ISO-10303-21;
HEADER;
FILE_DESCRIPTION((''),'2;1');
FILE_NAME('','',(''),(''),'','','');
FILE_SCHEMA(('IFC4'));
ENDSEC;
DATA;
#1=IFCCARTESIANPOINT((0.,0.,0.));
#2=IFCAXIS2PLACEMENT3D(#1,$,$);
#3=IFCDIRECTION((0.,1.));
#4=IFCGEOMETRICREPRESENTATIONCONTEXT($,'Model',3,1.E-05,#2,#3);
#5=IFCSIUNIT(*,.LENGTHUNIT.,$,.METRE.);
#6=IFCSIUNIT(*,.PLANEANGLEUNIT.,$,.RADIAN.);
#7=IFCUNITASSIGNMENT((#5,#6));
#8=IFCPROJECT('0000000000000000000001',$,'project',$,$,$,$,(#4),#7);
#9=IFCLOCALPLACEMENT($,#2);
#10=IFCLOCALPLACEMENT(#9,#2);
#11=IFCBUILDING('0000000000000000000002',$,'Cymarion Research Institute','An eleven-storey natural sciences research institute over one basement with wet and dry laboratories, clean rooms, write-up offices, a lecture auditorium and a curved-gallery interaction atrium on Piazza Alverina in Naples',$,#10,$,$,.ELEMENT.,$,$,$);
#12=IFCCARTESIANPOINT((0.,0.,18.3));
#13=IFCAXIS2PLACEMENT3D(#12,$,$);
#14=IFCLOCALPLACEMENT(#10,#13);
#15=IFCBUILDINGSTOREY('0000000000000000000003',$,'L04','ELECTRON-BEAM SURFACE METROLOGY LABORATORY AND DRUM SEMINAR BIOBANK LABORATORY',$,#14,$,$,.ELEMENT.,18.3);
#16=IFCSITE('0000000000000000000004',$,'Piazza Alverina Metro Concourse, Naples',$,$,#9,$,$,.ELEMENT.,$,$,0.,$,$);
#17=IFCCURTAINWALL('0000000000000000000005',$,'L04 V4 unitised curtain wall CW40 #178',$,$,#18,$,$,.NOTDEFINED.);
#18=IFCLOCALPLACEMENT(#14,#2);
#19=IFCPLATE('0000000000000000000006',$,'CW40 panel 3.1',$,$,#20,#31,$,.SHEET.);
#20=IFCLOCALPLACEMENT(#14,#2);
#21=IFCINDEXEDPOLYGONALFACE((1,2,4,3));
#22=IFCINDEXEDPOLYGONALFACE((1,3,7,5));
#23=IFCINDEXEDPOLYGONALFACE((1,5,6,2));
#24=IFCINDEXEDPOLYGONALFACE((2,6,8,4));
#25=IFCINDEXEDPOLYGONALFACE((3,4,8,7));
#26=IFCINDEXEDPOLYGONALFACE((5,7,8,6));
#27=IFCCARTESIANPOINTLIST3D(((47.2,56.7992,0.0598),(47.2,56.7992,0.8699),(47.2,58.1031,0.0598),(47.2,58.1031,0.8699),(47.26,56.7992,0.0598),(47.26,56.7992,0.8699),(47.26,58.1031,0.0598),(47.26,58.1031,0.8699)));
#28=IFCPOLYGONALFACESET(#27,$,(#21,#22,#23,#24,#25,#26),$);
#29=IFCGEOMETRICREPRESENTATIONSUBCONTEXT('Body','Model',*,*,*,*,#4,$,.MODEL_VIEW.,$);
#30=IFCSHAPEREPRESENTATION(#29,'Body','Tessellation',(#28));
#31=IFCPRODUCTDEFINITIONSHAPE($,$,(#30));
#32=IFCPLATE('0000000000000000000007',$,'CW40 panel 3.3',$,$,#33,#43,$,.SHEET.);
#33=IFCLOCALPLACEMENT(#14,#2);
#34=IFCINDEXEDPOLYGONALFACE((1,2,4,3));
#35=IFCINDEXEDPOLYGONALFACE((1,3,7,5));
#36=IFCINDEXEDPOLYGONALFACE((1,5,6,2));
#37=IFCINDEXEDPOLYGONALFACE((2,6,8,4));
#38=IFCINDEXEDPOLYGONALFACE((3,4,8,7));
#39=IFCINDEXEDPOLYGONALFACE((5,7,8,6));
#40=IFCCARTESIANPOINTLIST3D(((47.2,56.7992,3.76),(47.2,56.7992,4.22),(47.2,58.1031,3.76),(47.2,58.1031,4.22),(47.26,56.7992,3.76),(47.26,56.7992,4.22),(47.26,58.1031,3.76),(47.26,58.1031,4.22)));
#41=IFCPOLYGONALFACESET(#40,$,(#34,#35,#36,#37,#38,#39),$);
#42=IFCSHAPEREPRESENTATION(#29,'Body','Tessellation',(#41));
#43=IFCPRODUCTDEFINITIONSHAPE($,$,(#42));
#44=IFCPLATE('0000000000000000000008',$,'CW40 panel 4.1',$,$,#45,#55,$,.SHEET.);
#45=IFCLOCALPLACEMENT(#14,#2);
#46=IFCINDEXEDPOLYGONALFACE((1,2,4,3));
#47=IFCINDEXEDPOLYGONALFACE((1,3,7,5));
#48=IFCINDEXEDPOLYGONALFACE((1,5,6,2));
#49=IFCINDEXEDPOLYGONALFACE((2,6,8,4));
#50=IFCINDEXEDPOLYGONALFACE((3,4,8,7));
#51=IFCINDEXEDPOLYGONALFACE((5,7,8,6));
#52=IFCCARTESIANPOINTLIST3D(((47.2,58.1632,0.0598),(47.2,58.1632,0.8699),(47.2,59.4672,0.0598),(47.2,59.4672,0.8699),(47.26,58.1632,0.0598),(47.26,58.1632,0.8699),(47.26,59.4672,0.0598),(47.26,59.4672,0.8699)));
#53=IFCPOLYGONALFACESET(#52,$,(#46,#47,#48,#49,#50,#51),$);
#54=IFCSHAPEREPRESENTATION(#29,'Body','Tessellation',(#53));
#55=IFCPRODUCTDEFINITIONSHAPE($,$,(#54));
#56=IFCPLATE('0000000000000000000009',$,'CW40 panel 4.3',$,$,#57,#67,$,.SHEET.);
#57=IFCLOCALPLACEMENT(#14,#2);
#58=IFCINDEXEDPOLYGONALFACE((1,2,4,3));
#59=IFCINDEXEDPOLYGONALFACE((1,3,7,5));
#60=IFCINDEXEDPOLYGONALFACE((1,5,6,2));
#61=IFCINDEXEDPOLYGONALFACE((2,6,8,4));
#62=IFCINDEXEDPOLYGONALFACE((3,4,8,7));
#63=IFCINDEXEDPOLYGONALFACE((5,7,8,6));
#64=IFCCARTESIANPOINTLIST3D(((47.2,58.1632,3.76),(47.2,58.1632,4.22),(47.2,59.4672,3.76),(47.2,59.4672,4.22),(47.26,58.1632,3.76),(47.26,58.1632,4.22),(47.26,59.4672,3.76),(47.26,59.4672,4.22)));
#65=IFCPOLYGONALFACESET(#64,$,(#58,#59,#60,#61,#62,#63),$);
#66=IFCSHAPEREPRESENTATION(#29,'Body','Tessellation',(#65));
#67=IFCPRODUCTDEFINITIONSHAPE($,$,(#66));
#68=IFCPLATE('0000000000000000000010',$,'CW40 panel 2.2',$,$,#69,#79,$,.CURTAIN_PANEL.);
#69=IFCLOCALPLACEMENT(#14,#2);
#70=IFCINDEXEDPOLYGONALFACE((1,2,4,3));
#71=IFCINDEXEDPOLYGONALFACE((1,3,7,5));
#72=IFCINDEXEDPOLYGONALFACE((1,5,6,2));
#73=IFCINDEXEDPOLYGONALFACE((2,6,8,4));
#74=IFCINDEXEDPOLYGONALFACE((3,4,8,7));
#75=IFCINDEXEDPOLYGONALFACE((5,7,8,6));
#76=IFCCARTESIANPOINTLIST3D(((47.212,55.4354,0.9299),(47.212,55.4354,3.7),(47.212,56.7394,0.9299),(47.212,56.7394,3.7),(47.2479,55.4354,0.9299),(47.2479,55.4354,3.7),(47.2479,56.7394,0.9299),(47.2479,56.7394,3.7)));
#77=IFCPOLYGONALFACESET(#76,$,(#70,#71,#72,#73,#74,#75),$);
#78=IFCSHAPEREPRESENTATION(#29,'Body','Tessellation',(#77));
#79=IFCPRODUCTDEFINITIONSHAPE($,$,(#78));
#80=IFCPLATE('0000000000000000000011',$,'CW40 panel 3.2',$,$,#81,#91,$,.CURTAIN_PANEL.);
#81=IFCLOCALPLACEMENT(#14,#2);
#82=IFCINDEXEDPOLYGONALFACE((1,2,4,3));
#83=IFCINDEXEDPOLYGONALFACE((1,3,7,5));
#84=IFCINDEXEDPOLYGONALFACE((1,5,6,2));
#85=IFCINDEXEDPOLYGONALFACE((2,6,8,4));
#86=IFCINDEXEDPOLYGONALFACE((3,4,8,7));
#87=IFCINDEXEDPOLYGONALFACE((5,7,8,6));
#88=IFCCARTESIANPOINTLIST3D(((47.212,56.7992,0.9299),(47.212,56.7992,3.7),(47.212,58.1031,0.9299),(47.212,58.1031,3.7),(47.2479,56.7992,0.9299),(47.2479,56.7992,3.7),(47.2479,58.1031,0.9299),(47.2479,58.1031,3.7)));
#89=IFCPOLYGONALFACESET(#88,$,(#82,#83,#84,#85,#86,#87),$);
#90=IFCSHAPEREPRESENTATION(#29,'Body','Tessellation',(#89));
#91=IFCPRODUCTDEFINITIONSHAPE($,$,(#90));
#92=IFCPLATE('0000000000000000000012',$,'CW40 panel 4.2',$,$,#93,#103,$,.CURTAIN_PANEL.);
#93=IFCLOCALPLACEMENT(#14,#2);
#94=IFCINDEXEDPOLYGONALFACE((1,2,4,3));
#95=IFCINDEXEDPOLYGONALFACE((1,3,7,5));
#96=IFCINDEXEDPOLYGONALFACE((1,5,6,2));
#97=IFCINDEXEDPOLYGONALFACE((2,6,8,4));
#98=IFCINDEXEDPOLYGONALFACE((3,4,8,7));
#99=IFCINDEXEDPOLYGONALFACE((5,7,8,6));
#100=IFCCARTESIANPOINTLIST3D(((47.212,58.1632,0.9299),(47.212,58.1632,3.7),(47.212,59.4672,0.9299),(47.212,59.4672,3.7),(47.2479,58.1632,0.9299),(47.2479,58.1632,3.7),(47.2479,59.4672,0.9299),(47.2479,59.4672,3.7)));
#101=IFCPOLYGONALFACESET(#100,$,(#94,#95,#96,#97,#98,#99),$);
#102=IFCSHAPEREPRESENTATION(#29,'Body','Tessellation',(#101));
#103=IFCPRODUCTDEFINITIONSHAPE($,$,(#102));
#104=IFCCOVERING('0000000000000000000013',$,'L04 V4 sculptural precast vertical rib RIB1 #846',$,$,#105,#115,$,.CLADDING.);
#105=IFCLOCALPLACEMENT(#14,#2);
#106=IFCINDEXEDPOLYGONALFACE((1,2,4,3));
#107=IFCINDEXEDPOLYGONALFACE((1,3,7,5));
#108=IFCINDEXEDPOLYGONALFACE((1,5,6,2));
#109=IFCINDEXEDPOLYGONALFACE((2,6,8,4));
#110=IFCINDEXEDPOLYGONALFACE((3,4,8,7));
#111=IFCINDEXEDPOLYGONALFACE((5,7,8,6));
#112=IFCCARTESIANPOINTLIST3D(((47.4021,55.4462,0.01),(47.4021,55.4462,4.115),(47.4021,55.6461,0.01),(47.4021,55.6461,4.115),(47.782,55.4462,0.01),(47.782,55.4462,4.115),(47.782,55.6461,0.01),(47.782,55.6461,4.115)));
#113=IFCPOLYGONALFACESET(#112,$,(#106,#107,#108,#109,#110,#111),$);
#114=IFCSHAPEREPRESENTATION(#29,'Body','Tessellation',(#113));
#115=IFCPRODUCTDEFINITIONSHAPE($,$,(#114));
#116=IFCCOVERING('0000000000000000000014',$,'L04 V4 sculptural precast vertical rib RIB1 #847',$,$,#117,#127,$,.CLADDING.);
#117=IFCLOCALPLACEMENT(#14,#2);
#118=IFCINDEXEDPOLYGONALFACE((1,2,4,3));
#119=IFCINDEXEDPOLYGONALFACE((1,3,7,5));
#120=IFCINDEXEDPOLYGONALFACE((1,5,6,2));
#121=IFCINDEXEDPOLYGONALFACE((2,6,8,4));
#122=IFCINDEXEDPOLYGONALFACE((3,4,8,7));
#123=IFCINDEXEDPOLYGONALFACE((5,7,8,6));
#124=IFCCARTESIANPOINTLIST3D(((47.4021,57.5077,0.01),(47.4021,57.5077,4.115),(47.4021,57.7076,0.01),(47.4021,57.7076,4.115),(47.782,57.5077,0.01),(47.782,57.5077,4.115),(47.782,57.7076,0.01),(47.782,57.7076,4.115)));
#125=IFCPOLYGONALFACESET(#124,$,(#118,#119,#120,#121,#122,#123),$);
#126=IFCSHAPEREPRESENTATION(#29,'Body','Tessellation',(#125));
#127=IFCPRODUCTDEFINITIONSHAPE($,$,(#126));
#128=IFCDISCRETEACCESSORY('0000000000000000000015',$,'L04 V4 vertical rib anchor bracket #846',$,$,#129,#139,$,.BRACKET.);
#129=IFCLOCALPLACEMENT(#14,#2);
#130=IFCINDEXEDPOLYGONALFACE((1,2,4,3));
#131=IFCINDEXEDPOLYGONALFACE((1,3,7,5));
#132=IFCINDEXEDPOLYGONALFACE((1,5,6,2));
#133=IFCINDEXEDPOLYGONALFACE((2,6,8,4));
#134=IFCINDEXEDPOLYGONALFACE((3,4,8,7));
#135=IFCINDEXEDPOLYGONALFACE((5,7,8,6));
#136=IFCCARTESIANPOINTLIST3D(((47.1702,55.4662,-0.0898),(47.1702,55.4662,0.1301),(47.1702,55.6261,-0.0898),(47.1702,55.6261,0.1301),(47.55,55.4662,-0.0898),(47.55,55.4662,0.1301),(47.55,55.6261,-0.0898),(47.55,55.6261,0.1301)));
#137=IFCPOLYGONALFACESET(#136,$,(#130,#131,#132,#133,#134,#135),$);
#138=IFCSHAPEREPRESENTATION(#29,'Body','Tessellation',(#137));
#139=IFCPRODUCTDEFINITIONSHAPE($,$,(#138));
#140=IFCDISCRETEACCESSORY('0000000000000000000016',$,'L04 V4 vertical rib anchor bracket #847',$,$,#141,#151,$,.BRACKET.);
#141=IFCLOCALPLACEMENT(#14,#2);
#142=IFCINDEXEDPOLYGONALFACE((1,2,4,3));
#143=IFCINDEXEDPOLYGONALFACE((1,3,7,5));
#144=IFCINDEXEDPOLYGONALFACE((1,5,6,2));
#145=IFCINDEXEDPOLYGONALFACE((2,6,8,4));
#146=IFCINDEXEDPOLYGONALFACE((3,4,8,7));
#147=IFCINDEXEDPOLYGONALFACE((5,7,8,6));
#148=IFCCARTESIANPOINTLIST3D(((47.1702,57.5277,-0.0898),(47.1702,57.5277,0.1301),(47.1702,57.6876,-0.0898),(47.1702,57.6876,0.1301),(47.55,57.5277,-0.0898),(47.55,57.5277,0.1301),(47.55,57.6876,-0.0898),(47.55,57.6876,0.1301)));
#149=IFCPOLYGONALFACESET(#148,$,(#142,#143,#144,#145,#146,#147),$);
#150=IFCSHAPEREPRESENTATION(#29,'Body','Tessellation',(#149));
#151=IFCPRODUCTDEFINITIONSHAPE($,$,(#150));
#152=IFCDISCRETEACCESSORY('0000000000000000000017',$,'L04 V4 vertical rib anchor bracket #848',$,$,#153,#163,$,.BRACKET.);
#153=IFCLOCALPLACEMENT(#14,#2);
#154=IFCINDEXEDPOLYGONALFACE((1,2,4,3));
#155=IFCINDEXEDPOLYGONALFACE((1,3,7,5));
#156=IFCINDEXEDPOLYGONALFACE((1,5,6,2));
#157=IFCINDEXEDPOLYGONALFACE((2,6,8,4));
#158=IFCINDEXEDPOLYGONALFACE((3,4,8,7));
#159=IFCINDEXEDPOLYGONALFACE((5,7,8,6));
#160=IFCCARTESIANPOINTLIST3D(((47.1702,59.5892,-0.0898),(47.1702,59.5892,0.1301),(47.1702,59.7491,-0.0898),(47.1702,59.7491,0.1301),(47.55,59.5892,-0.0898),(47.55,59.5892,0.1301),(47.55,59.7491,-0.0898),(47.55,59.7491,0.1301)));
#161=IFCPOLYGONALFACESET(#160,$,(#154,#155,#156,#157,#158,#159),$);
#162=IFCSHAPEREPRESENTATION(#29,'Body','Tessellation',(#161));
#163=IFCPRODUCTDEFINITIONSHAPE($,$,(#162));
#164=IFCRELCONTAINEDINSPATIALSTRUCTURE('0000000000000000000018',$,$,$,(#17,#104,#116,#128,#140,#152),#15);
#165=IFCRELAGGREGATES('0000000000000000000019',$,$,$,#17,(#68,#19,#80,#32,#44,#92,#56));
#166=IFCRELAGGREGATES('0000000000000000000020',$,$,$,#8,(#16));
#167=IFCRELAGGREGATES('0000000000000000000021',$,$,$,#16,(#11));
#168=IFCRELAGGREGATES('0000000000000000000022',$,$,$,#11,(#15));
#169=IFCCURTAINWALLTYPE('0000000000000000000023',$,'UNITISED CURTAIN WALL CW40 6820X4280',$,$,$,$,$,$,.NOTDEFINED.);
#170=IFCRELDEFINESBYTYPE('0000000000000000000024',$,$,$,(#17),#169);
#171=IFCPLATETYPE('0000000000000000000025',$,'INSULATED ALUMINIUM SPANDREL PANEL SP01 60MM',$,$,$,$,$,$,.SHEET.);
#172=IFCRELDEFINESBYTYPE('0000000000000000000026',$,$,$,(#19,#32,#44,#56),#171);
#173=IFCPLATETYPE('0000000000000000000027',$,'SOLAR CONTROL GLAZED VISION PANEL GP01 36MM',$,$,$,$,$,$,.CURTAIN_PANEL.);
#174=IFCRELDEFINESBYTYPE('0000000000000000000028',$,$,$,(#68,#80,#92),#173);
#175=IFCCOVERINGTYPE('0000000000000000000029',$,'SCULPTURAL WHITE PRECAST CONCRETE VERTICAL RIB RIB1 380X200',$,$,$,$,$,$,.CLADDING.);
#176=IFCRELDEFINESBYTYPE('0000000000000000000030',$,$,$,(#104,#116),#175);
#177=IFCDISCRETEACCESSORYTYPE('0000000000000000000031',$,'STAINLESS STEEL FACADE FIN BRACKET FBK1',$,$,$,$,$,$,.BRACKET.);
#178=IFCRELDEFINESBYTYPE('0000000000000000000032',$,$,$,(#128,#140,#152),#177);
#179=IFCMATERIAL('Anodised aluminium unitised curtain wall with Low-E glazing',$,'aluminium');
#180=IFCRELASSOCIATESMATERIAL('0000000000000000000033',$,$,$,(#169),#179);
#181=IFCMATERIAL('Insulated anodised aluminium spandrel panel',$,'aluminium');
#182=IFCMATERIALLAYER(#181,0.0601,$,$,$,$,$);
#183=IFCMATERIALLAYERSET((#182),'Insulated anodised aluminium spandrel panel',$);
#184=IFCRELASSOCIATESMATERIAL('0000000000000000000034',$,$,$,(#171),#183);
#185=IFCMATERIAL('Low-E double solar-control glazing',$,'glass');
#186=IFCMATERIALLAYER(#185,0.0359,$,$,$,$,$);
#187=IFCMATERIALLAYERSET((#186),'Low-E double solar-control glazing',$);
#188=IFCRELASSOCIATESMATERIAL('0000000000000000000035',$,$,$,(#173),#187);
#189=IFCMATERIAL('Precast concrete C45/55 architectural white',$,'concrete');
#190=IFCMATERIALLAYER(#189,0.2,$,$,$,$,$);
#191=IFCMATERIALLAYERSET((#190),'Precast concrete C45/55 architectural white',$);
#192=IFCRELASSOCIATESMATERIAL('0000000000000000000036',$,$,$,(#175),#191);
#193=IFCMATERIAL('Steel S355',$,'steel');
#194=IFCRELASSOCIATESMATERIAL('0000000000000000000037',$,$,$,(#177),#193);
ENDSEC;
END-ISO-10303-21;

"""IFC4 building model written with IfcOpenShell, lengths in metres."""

from ifc_helpers import new_model, si_unit, direction, frame, origin, origin_2d, place, context, subcontext, project, spatial, rectangle, extrude, material, layer, layer_set, type_object, element, aggregate, save


model = new_model("IFC4")

# Units and contexts
model_context = context("Model", 3, precision=1e-05, world=origin(), true_north=direction((0.0, 1.0)))
body_context = subcontext(model_context, "Body", "Model", "MODEL_VIEW")
ifc_project = project(units=[si_unit("LENGTHUNIT", "METRE"), si_unit("PLANEANGLEUNIT", "RADIAN")], contexts=[model_context])

# Site, building, storey
site_placement = place(None, origin())
site = spatial("IfcSite", under=ifc_project, at=site_placement, Name="Piazza Alverina Metro Concourse, Naples", CompositionType="ELEMENT", RefElevation=0.0)
building_placement = place(site_placement, origin())
building = spatial("IfcBuilding", under=site, at=building_placement, Name="Cymarion Research Institute", Description="An eleven-storey natural sciences research institute over one basement with wet and dry laboratories, clean rooms, write-up offices, a lecture auditorium and a curved-gallery interaction atrium on Piazza Alverina in Naples", CompositionType="ELEMENT")
storey_placement = place(building_placement, frame((0.0, 0.0, 18.3)))
storey = spatial("IfcBuildingStorey", under=building, at=storey_placement, Name="L04", Description="ELECTRON-BEAM SURFACE METROLOGY LABORATORY AND DRUM SEMINAR BIOBANK LABORATORY", CompositionType="ELEMENT", Elevation=18.3)

# Shared definitions
ifc_material_1 = material(Name="Steel S355", Category="steel")

# Curtain wall
ifc_material_2 = material(Name="Anodised aluminium unitised curtain wall with Low-E glazing", Category="aluminium")
curtain_wall_type = type_object("IfcCurtainWallType", Name="UNITISED CURTAIN WALL CW40 6820X4280", PredefinedType="NOTDEFINED", material=ifc_material_2)
curtain_wall_placement = place(storey_placement, origin())
curtain_wall = element("IfcCurtainWall", 1, at=curtain_wall_placement, inside=storey, type_object=curtain_wall_type, Name="L04 V4 unitised curtain wall CW40 #178", PredefinedType="NOTDEFINED")

# Plates
ifc_material_3 = material(Name="Insulated anodised aluminium spandrel panel", Category="aluminium")
ifc_layer_1 = layer(ifc_material_3, 0.0601)
ifc_layer_set_1 = layer_set([ifc_layer_1], Name="Insulated anodised aluminium spandrel panel")
plate_type_1 = type_object("IfcPlateType", Name="INSULATED ALUMINIUM SPANDREL PANEL SP01 60MM", PredefinedType="SHEET", material=ifc_layer_set_1)
plate_1_placement = place(storey_placement, frame((47.23, 57.4512, 0.0598), z_axis=(0.0, 0.0, 1.0), x_axis=(0.0, 1.0, 0.0)))
plate_1 = element("IfcPlate", 2, at=plate_1_placement, type_object=plate_type_1, Name="CW40 panel 3.1", PredefinedType="SHEET", context=body_context, shape_type="SweptSolid", body=[
    extrude(rectangle(XDim=1.304, YDim=0.0601, at=origin_2d()), origin(), (0.0, 0.0, 1.0), 0.8101),
])
plate_2_placement = place(storey_placement, frame((47.23, 57.4512, 3.76), z_axis=(0.0, 0.0, 1.0), x_axis=(0.0, 1.0, 0.0)))
plate_2 = element("IfcPlate", 3, at=plate_2_placement, type_object=plate_type_1, Name="CW40 panel 3.3", PredefinedType="SHEET", context=body_context, shape_type="SweptSolid", body=[
    extrude(rectangle(XDim=1.304, YDim=0.0601, at=origin_2d()), origin(), (0.0, 0.0, 1.0), 0.46),
])
plate_3_placement = place(storey_placement, frame((47.23, 58.8152, 0.0598), z_axis=(0.0, 0.0, 1.0), x_axis=(0.0, 1.0, 0.0)))
plate_3 = element("IfcPlate", 4, at=plate_3_placement, type_object=plate_type_1, Name="CW40 panel 4.1", PredefinedType="SHEET", context=body_context, shape_type="SweptSolid", body=[
    extrude(rectangle(XDim=1.304, YDim=0.0601, at=origin_2d()), origin(), (0.0, 0.0, 1.0), 0.8101),
])
plate_4_placement = place(storey_placement, frame((47.23, 58.8152, 3.76), z_axis=(0.0, 0.0, 1.0), x_axis=(0.0, 1.0, 0.0)))
plate_4 = element("IfcPlate", 5, at=plate_4_placement, type_object=plate_type_1, Name="CW40 panel 4.3", PredefinedType="SHEET", context=body_context, shape_type="SweptSolid", body=[
    extrude(rectangle(XDim=1.304, YDim=0.0601, at=origin_2d()), origin(), (0.0, 0.0, 1.0), 0.46),
])
ifc_material_4 = material(Name="Low-E double solar-control glazing", Category="glass")
ifc_layer_2 = layer(ifc_material_4, 0.0359)
ifc_layer_set_2 = layer_set([ifc_layer_2], Name="Low-E double solar-control glazing")
plate_type_2 = type_object("IfcPlateType", Name="SOLAR CONTROL GLAZED VISION PANEL GP01 36MM", PredefinedType="CURTAIN_PANEL", material=ifc_layer_set_2)
plate_5_placement = place(storey_placement, frame((47.23, 56.0874, 0.9299), z_axis=(0.0, 0.0, 1.0), x_axis=(0.0, 1.0, 0.0)))
plate_5 = element("IfcPlate", 6, at=plate_5_placement, type_object=plate_type_2, Name="CW40 panel 2.2", PredefinedType="CURTAIN_PANEL", context=body_context, shape_type="SweptSolid", body=[
    extrude(rectangle(XDim=1.304, YDim=0.0359, at=origin_2d()), origin(), (0.0, 0.0, 1.0), 2.77),
])
plate_6_placement = place(storey_placement, frame((47.23, 57.4512, 0.9299), z_axis=(0.0, 0.0, 1.0), x_axis=(0.0, 1.0, 0.0)))
plate_6 = element("IfcPlate", 7, at=plate_6_placement, type_object=plate_type_2, Name="CW40 panel 3.2", PredefinedType="CURTAIN_PANEL", context=body_context, shape_type="SweptSolid", body=[
    extrude(rectangle(XDim=1.304, YDim=0.0359, at=origin_2d()), origin(), (0.0, 0.0, 1.0), 2.77),
])
plate_7_placement = place(storey_placement, frame((47.23, 58.8152, 0.9299), z_axis=(0.0, 0.0, 1.0), x_axis=(0.0, 1.0, 0.0)))
plate_7 = element("IfcPlate", 8, at=plate_7_placement, type_object=plate_type_2, Name="CW40 panel 4.2", PredefinedType="CURTAIN_PANEL", context=body_context, shape_type="SweptSolid", body=[
    extrude(rectangle(XDim=1.304, YDim=0.0359, at=origin_2d()), origin(), (0.0, 0.0, 1.0), 2.77),
])
aggregate(curtain_wall, [plate_5, plate_1, plate_6, plate_2, plate_3, plate_7, plate_4])

# Coverings
ifc_material_5 = material(Name="Precast concrete C45/55 architectural white", Category="concrete")
ifc_layer_3 = layer(ifc_material_5, 0.2)
ifc_layer_set_3 = layer_set([ifc_layer_3], Name="Precast concrete C45/55 architectural white")
covering_type = type_object("IfcCoveringType", Name="SCULPTURAL WHITE PRECAST CONCRETE VERTICAL RIB RIB1 380X200", PredefinedType="CLADDING", material=ifc_layer_set_3)
for number, where, z_axis, x_axis, name in (
    (9, (47.592, 55.5461, 0.01), (0.0, 0.0, 1.0), (1.0, 0.0, 0.0), "L04 V4 sculptural precast vertical rib RIB1 #846"),
    (10, (47.592, 57.6077, 0.01), (0.0, 0.0, 1.0), (1.0, 0.0, 0.0), "L04 V4 sculptural precast vertical rib RIB1 #847"),
):
    element("IfcCovering", number, at=place(storey_placement, frame(where, z_axis=z_axis, x_axis=x_axis)), inside=storey, type_object=covering_type, Name=name, PredefinedType="CLADDING", context=body_context, shape_type="SweptSolid", body=[
        extrude(rectangle(XDim=0.3799, YDim=0.2, at=origin_2d()), origin(), (0.0, 0.0, 1.0), 4.105),
    ])

# Discrete accessories
discrete_accessory_type = type_object("IfcDiscreteAccessoryType", Name="STAINLESS STEEL FACADE FIN BRACKET FBK1", PredefinedType="BRACKET", material=ifc_material_1)
for number, where, z_axis, x_axis, name in (
    (11, (47.3601, 55.5461, -0.0898), (0.0, 0.0, 1.0), (1.0, 0.0, 0.0), "L04 V4 vertical rib anchor bracket #846"),
    (12, (47.3601, 57.6077, -0.0898), (0.0, 0.0, 1.0), (1.0, 0.0, 0.0), "L04 V4 vertical rib anchor bracket #847"),
    (13, (47.3601, 59.6692, -0.0898), (0.0, 0.0, 1.0), (1.0, 0.0, 0.0), "L04 V4 vertical rib anchor bracket #848"),
):
    element("IfcDiscreteAccessory", number, at=place(storey_placement, frame(where, z_axis=z_axis, x_axis=x_axis)), inside=storey, type_object=discrete_accessory_type, Name=name, PredefinedType="BRACKET", context=body_context, shape_type="SweptSolid", body=[
        extrude(rectangle(XDim=0.3799, YDim=0.1599, at=origin_2d()), origin(), (0.0, 0.0, 1.0), 0.22),
    ])

save(model, "model.ifc")
